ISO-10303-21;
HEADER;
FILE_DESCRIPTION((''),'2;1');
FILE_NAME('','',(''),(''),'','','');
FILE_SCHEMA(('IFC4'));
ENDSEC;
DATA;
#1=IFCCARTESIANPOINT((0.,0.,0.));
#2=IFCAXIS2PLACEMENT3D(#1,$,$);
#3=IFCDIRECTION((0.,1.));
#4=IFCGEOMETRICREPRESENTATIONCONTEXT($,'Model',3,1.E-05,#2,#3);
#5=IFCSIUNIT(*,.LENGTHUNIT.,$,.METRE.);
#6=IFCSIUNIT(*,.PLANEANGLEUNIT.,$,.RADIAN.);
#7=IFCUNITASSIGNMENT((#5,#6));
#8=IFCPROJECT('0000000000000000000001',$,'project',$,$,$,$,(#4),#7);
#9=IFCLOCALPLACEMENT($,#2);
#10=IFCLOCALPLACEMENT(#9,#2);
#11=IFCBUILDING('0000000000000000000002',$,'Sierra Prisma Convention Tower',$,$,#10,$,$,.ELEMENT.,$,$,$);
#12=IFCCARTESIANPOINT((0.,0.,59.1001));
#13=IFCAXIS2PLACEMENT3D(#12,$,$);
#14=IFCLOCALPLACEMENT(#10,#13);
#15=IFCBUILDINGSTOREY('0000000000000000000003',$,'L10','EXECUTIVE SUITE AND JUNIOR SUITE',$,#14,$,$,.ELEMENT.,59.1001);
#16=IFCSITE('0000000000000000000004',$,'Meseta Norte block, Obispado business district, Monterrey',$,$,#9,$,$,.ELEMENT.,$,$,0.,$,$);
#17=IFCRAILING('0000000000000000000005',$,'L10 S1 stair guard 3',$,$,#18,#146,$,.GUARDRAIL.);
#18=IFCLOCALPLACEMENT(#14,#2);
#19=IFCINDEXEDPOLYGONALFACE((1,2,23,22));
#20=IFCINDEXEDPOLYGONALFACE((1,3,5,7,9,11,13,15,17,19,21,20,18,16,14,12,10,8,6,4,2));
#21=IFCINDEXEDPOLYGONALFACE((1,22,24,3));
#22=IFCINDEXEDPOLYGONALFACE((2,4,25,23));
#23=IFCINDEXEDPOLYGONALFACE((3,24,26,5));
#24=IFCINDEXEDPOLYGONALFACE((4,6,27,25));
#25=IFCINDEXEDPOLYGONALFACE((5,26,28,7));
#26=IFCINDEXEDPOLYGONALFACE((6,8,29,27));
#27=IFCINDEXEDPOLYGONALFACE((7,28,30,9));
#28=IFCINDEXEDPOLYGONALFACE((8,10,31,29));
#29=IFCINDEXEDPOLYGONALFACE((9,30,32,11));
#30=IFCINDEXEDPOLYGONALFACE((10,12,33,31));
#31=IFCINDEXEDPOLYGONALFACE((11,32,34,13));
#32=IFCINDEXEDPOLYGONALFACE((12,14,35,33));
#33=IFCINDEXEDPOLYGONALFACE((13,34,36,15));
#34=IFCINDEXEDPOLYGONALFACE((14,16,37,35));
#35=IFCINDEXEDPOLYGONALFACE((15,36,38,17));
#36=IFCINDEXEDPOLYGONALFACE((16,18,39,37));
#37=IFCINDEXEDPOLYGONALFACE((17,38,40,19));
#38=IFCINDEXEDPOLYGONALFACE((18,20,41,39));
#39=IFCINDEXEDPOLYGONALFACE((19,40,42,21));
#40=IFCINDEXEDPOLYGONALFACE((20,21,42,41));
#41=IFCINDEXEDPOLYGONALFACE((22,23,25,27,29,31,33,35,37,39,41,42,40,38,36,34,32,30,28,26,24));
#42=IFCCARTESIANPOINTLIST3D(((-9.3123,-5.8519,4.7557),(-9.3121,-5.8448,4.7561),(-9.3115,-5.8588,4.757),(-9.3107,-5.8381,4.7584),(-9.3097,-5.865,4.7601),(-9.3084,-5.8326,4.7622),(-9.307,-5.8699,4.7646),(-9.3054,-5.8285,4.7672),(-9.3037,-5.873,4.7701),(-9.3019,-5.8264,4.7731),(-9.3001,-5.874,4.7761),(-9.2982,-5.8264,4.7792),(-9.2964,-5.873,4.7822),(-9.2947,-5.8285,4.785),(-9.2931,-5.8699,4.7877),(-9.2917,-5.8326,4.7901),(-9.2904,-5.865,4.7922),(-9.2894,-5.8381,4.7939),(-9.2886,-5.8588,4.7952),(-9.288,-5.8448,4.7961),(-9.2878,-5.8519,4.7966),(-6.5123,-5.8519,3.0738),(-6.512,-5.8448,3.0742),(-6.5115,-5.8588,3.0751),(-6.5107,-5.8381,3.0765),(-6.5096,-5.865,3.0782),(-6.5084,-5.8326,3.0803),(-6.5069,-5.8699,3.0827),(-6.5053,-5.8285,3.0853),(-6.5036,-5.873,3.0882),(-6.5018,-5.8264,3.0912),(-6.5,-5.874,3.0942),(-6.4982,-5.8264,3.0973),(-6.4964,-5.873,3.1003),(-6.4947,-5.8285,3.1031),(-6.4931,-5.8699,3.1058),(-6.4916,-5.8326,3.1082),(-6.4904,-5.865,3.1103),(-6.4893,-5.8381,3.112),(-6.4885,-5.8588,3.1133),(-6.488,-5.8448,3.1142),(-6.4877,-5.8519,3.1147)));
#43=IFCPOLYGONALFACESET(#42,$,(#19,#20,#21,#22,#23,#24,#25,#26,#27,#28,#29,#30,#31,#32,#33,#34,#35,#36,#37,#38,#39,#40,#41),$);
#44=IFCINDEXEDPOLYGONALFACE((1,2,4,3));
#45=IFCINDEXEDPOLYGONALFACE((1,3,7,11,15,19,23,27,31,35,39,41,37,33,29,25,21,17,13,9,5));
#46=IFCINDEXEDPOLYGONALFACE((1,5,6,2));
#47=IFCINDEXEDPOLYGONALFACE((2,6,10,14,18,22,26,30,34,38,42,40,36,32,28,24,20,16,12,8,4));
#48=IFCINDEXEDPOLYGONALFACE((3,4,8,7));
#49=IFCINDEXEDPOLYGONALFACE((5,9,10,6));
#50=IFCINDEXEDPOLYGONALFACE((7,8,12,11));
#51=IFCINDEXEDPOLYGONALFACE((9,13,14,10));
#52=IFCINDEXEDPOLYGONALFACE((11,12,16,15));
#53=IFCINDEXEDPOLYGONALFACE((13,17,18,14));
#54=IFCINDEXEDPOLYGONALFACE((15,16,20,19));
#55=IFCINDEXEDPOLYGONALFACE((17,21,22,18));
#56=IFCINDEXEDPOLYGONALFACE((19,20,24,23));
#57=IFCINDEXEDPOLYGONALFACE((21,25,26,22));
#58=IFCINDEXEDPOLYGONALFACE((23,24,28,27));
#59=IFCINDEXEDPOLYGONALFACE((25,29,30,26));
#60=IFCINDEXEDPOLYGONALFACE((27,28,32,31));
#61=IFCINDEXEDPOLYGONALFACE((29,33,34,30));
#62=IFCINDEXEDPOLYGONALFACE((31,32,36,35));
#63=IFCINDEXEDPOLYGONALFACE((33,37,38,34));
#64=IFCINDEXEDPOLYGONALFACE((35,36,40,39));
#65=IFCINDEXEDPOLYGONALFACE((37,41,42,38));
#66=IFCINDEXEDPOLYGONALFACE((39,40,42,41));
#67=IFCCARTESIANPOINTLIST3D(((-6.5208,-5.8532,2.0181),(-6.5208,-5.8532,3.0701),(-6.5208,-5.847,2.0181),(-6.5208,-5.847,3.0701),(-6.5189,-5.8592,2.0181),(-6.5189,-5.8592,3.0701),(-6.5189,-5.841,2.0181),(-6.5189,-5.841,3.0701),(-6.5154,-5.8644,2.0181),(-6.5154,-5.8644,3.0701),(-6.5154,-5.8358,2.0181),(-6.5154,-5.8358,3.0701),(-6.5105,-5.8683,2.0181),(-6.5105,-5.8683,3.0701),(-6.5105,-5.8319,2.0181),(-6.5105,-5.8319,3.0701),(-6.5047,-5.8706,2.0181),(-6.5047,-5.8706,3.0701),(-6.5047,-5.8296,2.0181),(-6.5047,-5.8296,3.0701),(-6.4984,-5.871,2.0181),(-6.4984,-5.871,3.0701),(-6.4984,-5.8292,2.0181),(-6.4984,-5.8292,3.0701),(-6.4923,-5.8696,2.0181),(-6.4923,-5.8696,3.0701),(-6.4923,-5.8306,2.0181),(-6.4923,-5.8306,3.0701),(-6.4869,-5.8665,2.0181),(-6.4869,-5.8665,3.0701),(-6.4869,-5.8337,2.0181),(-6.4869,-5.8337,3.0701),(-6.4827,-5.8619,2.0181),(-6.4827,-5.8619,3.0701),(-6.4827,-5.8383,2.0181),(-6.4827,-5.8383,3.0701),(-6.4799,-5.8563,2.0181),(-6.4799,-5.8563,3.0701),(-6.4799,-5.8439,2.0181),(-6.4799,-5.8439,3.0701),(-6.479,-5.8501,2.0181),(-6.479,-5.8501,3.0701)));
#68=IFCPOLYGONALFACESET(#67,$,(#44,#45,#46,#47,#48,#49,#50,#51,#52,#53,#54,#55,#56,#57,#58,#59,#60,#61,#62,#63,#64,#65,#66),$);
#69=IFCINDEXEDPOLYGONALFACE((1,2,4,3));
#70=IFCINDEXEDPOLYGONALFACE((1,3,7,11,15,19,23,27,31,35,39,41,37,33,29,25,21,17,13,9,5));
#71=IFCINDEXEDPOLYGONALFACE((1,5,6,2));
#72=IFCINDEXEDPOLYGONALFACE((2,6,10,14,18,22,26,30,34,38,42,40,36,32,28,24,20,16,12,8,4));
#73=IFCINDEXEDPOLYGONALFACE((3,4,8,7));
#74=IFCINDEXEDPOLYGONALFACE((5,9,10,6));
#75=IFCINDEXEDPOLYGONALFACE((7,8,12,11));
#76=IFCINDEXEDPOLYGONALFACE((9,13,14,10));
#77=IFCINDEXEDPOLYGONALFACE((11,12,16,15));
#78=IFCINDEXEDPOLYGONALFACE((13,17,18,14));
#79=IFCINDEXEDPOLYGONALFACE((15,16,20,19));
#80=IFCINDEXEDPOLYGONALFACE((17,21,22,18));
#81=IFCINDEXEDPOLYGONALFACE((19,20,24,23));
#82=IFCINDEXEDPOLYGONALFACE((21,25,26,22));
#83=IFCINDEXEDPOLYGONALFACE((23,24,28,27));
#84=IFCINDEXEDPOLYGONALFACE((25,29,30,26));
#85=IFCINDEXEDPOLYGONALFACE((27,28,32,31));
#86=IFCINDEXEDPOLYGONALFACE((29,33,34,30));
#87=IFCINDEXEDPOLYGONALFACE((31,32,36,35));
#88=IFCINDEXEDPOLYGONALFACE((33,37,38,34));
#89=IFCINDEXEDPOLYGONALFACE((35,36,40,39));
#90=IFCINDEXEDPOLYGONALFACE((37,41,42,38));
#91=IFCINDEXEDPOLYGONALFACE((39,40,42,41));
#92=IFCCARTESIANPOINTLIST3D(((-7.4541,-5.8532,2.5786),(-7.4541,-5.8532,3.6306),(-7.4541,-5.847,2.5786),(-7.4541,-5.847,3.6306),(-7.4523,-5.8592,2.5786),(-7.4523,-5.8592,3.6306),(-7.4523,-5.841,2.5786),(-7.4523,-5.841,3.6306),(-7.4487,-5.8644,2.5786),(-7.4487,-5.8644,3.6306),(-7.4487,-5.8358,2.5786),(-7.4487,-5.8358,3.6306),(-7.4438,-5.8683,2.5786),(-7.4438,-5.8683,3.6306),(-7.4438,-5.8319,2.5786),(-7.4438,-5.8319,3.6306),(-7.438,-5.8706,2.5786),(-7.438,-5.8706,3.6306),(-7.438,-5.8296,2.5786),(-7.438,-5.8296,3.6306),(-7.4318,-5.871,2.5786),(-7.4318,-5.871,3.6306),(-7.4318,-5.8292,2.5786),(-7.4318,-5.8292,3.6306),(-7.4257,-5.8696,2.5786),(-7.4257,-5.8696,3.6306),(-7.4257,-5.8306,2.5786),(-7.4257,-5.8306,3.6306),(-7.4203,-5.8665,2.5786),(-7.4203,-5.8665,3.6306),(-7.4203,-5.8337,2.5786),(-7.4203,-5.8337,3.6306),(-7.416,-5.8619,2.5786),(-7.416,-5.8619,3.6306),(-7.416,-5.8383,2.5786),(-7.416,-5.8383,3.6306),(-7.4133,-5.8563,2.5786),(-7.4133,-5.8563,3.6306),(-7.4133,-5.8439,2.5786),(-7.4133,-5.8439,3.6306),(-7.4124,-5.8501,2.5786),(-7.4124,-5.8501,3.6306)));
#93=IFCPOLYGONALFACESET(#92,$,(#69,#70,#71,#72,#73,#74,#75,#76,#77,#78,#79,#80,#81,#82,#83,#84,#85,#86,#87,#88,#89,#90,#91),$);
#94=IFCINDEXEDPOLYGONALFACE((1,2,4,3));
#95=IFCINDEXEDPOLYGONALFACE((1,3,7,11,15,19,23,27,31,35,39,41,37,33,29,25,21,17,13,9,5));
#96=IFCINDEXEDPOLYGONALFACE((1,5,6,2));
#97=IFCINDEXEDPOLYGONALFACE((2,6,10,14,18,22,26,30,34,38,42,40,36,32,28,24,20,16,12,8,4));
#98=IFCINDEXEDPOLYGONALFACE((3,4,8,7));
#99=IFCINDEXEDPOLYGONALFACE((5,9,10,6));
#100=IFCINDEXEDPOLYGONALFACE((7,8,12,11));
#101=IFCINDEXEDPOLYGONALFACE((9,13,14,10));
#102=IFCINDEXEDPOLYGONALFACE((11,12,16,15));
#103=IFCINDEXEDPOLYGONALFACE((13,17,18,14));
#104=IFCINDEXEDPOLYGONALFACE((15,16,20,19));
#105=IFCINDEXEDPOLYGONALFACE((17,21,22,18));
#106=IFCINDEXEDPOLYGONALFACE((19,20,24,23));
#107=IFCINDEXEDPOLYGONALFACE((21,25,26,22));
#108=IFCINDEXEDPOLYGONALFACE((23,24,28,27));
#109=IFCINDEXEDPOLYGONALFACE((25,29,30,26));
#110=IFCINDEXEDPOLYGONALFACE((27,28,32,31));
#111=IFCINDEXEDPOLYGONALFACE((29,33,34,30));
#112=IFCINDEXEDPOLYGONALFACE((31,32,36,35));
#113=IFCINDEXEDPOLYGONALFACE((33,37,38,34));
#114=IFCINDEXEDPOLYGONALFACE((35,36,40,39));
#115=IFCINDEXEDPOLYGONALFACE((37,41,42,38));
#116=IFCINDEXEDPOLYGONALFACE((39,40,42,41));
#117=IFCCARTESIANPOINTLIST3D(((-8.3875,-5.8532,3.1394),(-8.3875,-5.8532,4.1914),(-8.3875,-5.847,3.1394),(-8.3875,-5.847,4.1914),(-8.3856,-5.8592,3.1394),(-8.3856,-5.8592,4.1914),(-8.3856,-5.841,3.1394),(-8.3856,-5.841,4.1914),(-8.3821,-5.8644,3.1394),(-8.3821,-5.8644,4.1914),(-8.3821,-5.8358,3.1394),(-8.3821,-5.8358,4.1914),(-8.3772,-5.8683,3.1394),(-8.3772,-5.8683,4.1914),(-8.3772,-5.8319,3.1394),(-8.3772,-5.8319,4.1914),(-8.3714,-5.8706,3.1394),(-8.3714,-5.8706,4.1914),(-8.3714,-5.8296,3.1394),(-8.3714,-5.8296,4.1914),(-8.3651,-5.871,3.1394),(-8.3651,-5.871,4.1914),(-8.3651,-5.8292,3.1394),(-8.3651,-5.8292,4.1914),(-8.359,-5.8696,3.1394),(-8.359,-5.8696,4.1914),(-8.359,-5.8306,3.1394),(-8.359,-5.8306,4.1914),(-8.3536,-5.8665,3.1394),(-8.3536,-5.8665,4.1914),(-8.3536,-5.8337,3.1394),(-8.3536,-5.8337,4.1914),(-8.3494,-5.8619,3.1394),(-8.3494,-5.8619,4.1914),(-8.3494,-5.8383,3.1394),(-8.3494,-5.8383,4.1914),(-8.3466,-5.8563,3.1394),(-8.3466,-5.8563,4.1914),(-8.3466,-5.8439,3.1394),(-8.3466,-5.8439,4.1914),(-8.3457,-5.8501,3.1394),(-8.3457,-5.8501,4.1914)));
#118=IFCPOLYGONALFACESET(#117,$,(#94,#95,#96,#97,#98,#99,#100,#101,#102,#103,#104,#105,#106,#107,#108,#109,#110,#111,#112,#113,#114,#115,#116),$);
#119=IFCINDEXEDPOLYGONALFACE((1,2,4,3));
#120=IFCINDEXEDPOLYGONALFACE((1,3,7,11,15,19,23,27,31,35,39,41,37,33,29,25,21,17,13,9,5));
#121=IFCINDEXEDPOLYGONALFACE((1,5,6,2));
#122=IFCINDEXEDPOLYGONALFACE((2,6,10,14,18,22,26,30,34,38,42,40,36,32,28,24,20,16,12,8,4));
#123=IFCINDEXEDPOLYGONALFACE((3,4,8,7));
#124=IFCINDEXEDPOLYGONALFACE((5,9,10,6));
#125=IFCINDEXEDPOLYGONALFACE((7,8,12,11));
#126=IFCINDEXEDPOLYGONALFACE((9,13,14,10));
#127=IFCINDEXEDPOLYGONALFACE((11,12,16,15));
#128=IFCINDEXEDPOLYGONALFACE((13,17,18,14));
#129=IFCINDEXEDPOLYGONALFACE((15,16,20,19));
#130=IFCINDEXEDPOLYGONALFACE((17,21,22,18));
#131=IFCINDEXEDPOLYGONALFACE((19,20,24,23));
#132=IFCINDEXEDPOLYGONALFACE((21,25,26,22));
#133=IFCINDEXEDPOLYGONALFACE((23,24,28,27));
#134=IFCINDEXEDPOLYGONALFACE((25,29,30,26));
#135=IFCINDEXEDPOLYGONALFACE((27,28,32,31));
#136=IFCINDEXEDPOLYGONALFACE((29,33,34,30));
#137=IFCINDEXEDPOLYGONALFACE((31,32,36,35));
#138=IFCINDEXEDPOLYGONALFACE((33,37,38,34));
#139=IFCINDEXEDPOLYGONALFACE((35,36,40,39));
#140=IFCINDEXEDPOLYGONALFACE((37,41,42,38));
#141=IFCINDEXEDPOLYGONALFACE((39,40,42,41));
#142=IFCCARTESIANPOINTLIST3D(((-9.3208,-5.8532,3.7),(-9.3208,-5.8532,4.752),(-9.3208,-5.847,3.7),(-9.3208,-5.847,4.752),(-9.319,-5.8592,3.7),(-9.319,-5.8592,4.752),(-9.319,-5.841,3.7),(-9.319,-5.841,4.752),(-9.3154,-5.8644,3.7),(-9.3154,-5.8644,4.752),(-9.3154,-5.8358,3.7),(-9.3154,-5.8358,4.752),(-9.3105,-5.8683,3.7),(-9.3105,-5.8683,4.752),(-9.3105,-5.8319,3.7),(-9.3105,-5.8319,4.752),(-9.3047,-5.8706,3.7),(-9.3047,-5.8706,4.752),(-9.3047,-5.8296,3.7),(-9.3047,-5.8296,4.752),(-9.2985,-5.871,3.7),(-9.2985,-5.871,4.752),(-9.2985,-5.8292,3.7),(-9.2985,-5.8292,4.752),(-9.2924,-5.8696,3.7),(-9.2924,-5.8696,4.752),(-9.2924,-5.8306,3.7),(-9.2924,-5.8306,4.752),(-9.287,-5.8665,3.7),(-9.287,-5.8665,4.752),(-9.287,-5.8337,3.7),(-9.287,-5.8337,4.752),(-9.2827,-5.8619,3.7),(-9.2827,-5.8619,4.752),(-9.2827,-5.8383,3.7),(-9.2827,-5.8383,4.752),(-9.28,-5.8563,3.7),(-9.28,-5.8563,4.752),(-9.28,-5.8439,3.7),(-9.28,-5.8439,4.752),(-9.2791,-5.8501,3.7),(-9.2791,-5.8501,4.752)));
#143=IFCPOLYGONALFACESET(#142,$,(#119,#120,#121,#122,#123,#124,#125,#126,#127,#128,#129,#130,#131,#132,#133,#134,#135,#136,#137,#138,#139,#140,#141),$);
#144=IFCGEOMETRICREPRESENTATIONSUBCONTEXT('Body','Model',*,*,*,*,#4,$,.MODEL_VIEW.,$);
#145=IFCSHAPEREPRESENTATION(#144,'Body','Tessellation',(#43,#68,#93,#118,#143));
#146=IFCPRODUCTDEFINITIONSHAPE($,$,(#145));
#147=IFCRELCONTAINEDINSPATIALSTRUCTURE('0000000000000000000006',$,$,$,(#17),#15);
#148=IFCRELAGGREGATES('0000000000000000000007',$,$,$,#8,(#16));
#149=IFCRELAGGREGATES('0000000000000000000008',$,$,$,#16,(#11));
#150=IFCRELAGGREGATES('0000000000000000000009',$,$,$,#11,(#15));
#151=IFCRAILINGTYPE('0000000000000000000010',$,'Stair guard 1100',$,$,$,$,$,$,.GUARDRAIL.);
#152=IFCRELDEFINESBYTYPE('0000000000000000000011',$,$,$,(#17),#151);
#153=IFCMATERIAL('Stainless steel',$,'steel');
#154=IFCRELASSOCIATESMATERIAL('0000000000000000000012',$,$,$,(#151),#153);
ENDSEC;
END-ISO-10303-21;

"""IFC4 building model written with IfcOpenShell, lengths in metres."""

from ifc_helpers import new_model, si_unit, direction, frame, origin, origin_2d, place, context, subcontext, project, spatial, circle, extrude, material, type_object, element, save


model = new_model("IFC4")

# Units and contexts
model_context = context("Model", 3, precision=1e-05, world=origin(), true_north=direction((0.0, 1.0)))
body_context = subcontext(model_context, "Body", "Model", "MODEL_VIEW")
ifc_project = project(units=[si_unit("LENGTHUNIT", "METRE"), si_unit("PLANEANGLEUNIT", "RADIAN")], contexts=[model_context])

# Site, building, storey
site_placement = place(None, origin())
site = spatial("IfcSite", under=ifc_project, at=site_placement, Name="Meseta Norte block, Obispado business district, Monterrey", CompositionType="ELEMENT", RefElevation=0.0)
building_placement = place(site_placement, origin())
building = spatial("IfcBuilding", under=site, at=building_placement, Name="Sierra Prisma Convention Tower", CompositionType="ELEMENT")
storey_placement = place(building_placement, frame((0.0, 0.0, 59.1001)))
storey = spatial("IfcBuildingStorey", under=building, at=storey_placement, Name="L10", Description="EXECUTIVE SUITE AND JUNIOR SUITE", CompositionType="ELEMENT", Elevation=59.1001)

# Railing
ifc_material_1 = material(Name="Stainless steel", Category="steel")
railing_type_1 = type_object("IfcRailingType", Name="Stair guard 1100", PredefinedType="GUARDRAIL", material=ifc_material_1)
railing_1_placement = place(storey_placement, frame((-6.5, -5.8501, 2.0181)))
element("IfcRailing", 1, at=railing_1_placement, inside=storey, type_object=railing_type_1, Name="L10 S1 stair guard 3", PredefinedType="GUARDRAIL", context=body_context, shape_type="SweptSolid", body=[
    extrude(circle(Radius=0.0239, at=origin_2d()), frame((0.0, 0.0, 1.0762), z_axis=(-0.857242, 0.0, 0.514913), x_axis=(0.0, -1.0, 0.0)), (0.0, 0.0, 1.0), 3.2664),
    extrude(circle(Radius=0.021, at=origin_2d()), origin(), (0.0, 0.0, 1.0), 1.052),
    extrude(circle(Radius=0.021, at=origin_2d()), frame((-0.9333, 0.0, 0.5605)), (0.0, 0.0, 1.0), 1.052),
    extrude(circle(Radius=0.021, at=origin_2d()), frame((-1.8667, 0.0, 1.1213)), (0.0, 0.0, 1.0), 1.052),
    extrude(circle(Radius=0.021, at=origin_2d()), frame((-2.8, 0.0, 1.6819)), (0.0, 0.0, 1.0), 1.052),
])

save(model, "model.ifc")
